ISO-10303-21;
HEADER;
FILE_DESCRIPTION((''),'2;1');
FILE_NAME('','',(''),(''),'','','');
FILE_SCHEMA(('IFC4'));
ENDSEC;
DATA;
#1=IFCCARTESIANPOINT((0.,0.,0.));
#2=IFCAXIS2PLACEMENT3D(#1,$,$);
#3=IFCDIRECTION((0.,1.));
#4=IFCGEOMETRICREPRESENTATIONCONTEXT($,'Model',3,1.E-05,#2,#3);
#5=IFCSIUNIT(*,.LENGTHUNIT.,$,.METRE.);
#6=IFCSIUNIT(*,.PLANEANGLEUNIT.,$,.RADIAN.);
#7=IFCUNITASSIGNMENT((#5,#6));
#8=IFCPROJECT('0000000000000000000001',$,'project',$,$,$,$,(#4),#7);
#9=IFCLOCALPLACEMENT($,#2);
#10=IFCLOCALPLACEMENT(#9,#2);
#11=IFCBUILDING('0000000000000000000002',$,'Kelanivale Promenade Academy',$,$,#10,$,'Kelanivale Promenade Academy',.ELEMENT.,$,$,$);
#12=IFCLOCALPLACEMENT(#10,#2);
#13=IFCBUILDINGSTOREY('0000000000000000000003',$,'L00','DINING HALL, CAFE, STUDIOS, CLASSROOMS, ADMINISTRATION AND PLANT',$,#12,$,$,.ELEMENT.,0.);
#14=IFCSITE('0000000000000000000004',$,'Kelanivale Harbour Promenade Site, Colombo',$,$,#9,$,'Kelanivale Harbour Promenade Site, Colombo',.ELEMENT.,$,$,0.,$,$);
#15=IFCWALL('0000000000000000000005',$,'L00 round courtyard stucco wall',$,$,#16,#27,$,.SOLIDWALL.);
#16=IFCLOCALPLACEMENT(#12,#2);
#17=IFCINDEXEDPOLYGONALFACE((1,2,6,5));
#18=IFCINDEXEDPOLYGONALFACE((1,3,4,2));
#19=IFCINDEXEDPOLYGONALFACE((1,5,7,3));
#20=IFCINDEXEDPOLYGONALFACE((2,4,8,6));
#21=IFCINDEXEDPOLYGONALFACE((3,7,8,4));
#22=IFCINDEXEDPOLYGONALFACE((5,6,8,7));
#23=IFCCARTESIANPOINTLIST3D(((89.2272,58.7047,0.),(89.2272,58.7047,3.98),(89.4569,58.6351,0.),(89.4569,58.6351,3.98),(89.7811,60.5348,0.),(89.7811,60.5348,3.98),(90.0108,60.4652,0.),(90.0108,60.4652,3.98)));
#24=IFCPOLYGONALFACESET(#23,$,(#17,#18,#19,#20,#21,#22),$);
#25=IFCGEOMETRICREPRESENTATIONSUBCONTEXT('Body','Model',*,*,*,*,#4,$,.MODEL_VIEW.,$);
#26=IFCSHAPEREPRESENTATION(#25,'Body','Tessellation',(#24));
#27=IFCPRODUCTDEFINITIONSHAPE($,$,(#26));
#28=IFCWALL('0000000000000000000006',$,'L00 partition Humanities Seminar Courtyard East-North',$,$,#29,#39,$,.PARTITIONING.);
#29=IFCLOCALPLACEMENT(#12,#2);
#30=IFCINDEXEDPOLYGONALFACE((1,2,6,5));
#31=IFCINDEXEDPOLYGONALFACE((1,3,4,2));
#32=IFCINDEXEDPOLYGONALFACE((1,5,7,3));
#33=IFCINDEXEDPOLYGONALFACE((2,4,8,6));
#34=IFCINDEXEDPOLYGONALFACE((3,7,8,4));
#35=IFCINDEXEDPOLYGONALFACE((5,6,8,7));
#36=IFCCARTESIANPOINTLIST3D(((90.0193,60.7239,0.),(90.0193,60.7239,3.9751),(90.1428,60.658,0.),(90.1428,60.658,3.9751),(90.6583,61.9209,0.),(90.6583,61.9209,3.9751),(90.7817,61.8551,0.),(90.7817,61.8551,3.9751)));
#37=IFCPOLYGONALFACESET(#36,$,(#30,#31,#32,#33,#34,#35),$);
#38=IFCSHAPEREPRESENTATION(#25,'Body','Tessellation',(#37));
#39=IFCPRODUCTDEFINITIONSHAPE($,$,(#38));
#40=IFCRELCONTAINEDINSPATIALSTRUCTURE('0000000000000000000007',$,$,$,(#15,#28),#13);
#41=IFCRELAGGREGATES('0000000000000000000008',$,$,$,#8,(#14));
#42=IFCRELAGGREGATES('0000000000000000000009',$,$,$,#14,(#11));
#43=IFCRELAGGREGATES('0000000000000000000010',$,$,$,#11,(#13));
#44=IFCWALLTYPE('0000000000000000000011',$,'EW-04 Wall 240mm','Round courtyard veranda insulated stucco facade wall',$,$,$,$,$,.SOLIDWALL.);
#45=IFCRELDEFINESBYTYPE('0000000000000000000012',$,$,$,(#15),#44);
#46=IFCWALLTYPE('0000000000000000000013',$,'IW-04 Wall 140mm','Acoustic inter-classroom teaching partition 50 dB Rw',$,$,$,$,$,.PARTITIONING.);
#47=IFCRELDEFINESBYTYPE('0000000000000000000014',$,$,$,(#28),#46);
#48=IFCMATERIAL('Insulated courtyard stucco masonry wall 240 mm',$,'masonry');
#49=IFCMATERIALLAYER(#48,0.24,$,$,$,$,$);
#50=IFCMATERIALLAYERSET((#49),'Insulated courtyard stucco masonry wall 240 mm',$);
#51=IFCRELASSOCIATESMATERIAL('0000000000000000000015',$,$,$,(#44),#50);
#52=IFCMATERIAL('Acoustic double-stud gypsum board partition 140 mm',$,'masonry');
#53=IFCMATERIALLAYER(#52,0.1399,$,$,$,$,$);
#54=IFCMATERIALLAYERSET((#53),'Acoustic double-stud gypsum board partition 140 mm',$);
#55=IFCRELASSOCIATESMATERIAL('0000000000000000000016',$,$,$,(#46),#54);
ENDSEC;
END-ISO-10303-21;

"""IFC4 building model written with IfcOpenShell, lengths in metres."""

from ifc_helpers import new_model, si_unit, direction, frame, frame_2d, origin, place, context, subcontext, project, spatial, rectangle, extrude, material, layer, layer_set, type_object, element, save


model = new_model("IFC4")

# Units and contexts
model_context = context("Model", 3, precision=1e-05, world=origin(), true_north=direction((0.0, 1.0)))
body_context = subcontext(model_context, "Body", "Model", "MODEL_VIEW")
ifc_project = project(units=[si_unit("LENGTHUNIT", "METRE"), si_unit("PLANEANGLEUNIT", "RADIAN")], contexts=[model_context])

# Site, building, storey
site_placement = place(None, origin())
site = spatial("IfcSite", under=ifc_project, at=site_placement, Name="Kelanivale Harbour Promenade Site, Colombo", LongName="Kelanivale Harbour Promenade Site, Colombo", CompositionType="ELEMENT", RefElevation=0.0)
building_placement = place(site_placement, origin())
building = spatial("IfcBuilding", under=site, at=building_placement, Name="Kelanivale Promenade Academy", LongName="Kelanivale Promenade Academy", CompositionType="ELEMENT")
storey_placement = place(building_placement, origin())
storey = spatial("IfcBuildingStorey", under=building, at=storey_placement, Name="L00", Description="DINING HALL, CAFE, STUDIOS, CLASSROOMS, ADMINISTRATION AND PLANT", CompositionType="ELEMENT", Elevation=0.0)

# Walls
ifc_material_1 = material(Name="Insulated courtyard stucco masonry wall 240 mm", Category="masonry")
ifc_layer_1 = layer(ifc_material_1, 0.24)
ifc_layer_set_1 = layer_set([ifc_layer_1], Name="Insulated courtyard stucco masonry wall 240 mm")
wall_type_1 = type_object("IfcWallType", Name="EW-04 Wall 240mm", Description="Round courtyard veranda insulated stucco facade wall", PredefinedType="SOLIDWALL", material=ifc_layer_set_1)
wall_1_placement = place(storey_placement, frame((89.896, 60.5, 0.0), z_axis=(0.0, 0.0, 1.0), x_axis=(-0.289713, -0.957113, 0.0)))
element("IfcWall", 1, at=wall_1_placement, inside=storey, type_object=wall_type_1, Name="L00 round courtyard stucco wall", PredefinedType="SOLIDWALL", context=body_context, shape_type="SweptSolid", body=[
    extrude(rectangle(XDim=1.9121, YDim=0.24, at=frame_2d((0.9561, 0.0))), origin(), (0.0, 0.0, 1.0), 3.98),
])
ifc_material_2 = material(Name="Acoustic double-stud gypsum board partition 140 mm", Category="masonry")
ifc_layer_2 = layer(ifc_material_2, 0.1399)
ifc_layer_set_2 = layer_set([ifc_layer_2], Name="Acoustic double-stud gypsum board partition 140 mm")
wall_type_2 = type_object("IfcWallType", Name="IW-04 Wall 140mm", Description="Acoustic inter-classroom teaching partition 50 dB Rw", PredefinedType="PARTITIONING", material=ifc_layer_set_2)
wall_2_placement = place(storey_placement, frame((90.0811, 60.6909, 0.0), z_axis=(0.0, 0.0, 1.0), x_axis=(0.470878, 0.882198, 0.0)))
element("IfcWall", 2, at=wall_2_placement, inside=storey, type_object=wall_type_2, Name="L00 partition Humanities Seminar Courtyard East-North", PredefinedType="PARTITIONING", context=body_context, shape_type="SweptSolid", body=[
    extrude(rectangle(XDim=1.3569, YDim=0.1399, at=frame_2d((0.6785, 0.0))), origin(), (0.0, 0.0, 1.0), 3.9751),
])

save(model, "model.ifc")
